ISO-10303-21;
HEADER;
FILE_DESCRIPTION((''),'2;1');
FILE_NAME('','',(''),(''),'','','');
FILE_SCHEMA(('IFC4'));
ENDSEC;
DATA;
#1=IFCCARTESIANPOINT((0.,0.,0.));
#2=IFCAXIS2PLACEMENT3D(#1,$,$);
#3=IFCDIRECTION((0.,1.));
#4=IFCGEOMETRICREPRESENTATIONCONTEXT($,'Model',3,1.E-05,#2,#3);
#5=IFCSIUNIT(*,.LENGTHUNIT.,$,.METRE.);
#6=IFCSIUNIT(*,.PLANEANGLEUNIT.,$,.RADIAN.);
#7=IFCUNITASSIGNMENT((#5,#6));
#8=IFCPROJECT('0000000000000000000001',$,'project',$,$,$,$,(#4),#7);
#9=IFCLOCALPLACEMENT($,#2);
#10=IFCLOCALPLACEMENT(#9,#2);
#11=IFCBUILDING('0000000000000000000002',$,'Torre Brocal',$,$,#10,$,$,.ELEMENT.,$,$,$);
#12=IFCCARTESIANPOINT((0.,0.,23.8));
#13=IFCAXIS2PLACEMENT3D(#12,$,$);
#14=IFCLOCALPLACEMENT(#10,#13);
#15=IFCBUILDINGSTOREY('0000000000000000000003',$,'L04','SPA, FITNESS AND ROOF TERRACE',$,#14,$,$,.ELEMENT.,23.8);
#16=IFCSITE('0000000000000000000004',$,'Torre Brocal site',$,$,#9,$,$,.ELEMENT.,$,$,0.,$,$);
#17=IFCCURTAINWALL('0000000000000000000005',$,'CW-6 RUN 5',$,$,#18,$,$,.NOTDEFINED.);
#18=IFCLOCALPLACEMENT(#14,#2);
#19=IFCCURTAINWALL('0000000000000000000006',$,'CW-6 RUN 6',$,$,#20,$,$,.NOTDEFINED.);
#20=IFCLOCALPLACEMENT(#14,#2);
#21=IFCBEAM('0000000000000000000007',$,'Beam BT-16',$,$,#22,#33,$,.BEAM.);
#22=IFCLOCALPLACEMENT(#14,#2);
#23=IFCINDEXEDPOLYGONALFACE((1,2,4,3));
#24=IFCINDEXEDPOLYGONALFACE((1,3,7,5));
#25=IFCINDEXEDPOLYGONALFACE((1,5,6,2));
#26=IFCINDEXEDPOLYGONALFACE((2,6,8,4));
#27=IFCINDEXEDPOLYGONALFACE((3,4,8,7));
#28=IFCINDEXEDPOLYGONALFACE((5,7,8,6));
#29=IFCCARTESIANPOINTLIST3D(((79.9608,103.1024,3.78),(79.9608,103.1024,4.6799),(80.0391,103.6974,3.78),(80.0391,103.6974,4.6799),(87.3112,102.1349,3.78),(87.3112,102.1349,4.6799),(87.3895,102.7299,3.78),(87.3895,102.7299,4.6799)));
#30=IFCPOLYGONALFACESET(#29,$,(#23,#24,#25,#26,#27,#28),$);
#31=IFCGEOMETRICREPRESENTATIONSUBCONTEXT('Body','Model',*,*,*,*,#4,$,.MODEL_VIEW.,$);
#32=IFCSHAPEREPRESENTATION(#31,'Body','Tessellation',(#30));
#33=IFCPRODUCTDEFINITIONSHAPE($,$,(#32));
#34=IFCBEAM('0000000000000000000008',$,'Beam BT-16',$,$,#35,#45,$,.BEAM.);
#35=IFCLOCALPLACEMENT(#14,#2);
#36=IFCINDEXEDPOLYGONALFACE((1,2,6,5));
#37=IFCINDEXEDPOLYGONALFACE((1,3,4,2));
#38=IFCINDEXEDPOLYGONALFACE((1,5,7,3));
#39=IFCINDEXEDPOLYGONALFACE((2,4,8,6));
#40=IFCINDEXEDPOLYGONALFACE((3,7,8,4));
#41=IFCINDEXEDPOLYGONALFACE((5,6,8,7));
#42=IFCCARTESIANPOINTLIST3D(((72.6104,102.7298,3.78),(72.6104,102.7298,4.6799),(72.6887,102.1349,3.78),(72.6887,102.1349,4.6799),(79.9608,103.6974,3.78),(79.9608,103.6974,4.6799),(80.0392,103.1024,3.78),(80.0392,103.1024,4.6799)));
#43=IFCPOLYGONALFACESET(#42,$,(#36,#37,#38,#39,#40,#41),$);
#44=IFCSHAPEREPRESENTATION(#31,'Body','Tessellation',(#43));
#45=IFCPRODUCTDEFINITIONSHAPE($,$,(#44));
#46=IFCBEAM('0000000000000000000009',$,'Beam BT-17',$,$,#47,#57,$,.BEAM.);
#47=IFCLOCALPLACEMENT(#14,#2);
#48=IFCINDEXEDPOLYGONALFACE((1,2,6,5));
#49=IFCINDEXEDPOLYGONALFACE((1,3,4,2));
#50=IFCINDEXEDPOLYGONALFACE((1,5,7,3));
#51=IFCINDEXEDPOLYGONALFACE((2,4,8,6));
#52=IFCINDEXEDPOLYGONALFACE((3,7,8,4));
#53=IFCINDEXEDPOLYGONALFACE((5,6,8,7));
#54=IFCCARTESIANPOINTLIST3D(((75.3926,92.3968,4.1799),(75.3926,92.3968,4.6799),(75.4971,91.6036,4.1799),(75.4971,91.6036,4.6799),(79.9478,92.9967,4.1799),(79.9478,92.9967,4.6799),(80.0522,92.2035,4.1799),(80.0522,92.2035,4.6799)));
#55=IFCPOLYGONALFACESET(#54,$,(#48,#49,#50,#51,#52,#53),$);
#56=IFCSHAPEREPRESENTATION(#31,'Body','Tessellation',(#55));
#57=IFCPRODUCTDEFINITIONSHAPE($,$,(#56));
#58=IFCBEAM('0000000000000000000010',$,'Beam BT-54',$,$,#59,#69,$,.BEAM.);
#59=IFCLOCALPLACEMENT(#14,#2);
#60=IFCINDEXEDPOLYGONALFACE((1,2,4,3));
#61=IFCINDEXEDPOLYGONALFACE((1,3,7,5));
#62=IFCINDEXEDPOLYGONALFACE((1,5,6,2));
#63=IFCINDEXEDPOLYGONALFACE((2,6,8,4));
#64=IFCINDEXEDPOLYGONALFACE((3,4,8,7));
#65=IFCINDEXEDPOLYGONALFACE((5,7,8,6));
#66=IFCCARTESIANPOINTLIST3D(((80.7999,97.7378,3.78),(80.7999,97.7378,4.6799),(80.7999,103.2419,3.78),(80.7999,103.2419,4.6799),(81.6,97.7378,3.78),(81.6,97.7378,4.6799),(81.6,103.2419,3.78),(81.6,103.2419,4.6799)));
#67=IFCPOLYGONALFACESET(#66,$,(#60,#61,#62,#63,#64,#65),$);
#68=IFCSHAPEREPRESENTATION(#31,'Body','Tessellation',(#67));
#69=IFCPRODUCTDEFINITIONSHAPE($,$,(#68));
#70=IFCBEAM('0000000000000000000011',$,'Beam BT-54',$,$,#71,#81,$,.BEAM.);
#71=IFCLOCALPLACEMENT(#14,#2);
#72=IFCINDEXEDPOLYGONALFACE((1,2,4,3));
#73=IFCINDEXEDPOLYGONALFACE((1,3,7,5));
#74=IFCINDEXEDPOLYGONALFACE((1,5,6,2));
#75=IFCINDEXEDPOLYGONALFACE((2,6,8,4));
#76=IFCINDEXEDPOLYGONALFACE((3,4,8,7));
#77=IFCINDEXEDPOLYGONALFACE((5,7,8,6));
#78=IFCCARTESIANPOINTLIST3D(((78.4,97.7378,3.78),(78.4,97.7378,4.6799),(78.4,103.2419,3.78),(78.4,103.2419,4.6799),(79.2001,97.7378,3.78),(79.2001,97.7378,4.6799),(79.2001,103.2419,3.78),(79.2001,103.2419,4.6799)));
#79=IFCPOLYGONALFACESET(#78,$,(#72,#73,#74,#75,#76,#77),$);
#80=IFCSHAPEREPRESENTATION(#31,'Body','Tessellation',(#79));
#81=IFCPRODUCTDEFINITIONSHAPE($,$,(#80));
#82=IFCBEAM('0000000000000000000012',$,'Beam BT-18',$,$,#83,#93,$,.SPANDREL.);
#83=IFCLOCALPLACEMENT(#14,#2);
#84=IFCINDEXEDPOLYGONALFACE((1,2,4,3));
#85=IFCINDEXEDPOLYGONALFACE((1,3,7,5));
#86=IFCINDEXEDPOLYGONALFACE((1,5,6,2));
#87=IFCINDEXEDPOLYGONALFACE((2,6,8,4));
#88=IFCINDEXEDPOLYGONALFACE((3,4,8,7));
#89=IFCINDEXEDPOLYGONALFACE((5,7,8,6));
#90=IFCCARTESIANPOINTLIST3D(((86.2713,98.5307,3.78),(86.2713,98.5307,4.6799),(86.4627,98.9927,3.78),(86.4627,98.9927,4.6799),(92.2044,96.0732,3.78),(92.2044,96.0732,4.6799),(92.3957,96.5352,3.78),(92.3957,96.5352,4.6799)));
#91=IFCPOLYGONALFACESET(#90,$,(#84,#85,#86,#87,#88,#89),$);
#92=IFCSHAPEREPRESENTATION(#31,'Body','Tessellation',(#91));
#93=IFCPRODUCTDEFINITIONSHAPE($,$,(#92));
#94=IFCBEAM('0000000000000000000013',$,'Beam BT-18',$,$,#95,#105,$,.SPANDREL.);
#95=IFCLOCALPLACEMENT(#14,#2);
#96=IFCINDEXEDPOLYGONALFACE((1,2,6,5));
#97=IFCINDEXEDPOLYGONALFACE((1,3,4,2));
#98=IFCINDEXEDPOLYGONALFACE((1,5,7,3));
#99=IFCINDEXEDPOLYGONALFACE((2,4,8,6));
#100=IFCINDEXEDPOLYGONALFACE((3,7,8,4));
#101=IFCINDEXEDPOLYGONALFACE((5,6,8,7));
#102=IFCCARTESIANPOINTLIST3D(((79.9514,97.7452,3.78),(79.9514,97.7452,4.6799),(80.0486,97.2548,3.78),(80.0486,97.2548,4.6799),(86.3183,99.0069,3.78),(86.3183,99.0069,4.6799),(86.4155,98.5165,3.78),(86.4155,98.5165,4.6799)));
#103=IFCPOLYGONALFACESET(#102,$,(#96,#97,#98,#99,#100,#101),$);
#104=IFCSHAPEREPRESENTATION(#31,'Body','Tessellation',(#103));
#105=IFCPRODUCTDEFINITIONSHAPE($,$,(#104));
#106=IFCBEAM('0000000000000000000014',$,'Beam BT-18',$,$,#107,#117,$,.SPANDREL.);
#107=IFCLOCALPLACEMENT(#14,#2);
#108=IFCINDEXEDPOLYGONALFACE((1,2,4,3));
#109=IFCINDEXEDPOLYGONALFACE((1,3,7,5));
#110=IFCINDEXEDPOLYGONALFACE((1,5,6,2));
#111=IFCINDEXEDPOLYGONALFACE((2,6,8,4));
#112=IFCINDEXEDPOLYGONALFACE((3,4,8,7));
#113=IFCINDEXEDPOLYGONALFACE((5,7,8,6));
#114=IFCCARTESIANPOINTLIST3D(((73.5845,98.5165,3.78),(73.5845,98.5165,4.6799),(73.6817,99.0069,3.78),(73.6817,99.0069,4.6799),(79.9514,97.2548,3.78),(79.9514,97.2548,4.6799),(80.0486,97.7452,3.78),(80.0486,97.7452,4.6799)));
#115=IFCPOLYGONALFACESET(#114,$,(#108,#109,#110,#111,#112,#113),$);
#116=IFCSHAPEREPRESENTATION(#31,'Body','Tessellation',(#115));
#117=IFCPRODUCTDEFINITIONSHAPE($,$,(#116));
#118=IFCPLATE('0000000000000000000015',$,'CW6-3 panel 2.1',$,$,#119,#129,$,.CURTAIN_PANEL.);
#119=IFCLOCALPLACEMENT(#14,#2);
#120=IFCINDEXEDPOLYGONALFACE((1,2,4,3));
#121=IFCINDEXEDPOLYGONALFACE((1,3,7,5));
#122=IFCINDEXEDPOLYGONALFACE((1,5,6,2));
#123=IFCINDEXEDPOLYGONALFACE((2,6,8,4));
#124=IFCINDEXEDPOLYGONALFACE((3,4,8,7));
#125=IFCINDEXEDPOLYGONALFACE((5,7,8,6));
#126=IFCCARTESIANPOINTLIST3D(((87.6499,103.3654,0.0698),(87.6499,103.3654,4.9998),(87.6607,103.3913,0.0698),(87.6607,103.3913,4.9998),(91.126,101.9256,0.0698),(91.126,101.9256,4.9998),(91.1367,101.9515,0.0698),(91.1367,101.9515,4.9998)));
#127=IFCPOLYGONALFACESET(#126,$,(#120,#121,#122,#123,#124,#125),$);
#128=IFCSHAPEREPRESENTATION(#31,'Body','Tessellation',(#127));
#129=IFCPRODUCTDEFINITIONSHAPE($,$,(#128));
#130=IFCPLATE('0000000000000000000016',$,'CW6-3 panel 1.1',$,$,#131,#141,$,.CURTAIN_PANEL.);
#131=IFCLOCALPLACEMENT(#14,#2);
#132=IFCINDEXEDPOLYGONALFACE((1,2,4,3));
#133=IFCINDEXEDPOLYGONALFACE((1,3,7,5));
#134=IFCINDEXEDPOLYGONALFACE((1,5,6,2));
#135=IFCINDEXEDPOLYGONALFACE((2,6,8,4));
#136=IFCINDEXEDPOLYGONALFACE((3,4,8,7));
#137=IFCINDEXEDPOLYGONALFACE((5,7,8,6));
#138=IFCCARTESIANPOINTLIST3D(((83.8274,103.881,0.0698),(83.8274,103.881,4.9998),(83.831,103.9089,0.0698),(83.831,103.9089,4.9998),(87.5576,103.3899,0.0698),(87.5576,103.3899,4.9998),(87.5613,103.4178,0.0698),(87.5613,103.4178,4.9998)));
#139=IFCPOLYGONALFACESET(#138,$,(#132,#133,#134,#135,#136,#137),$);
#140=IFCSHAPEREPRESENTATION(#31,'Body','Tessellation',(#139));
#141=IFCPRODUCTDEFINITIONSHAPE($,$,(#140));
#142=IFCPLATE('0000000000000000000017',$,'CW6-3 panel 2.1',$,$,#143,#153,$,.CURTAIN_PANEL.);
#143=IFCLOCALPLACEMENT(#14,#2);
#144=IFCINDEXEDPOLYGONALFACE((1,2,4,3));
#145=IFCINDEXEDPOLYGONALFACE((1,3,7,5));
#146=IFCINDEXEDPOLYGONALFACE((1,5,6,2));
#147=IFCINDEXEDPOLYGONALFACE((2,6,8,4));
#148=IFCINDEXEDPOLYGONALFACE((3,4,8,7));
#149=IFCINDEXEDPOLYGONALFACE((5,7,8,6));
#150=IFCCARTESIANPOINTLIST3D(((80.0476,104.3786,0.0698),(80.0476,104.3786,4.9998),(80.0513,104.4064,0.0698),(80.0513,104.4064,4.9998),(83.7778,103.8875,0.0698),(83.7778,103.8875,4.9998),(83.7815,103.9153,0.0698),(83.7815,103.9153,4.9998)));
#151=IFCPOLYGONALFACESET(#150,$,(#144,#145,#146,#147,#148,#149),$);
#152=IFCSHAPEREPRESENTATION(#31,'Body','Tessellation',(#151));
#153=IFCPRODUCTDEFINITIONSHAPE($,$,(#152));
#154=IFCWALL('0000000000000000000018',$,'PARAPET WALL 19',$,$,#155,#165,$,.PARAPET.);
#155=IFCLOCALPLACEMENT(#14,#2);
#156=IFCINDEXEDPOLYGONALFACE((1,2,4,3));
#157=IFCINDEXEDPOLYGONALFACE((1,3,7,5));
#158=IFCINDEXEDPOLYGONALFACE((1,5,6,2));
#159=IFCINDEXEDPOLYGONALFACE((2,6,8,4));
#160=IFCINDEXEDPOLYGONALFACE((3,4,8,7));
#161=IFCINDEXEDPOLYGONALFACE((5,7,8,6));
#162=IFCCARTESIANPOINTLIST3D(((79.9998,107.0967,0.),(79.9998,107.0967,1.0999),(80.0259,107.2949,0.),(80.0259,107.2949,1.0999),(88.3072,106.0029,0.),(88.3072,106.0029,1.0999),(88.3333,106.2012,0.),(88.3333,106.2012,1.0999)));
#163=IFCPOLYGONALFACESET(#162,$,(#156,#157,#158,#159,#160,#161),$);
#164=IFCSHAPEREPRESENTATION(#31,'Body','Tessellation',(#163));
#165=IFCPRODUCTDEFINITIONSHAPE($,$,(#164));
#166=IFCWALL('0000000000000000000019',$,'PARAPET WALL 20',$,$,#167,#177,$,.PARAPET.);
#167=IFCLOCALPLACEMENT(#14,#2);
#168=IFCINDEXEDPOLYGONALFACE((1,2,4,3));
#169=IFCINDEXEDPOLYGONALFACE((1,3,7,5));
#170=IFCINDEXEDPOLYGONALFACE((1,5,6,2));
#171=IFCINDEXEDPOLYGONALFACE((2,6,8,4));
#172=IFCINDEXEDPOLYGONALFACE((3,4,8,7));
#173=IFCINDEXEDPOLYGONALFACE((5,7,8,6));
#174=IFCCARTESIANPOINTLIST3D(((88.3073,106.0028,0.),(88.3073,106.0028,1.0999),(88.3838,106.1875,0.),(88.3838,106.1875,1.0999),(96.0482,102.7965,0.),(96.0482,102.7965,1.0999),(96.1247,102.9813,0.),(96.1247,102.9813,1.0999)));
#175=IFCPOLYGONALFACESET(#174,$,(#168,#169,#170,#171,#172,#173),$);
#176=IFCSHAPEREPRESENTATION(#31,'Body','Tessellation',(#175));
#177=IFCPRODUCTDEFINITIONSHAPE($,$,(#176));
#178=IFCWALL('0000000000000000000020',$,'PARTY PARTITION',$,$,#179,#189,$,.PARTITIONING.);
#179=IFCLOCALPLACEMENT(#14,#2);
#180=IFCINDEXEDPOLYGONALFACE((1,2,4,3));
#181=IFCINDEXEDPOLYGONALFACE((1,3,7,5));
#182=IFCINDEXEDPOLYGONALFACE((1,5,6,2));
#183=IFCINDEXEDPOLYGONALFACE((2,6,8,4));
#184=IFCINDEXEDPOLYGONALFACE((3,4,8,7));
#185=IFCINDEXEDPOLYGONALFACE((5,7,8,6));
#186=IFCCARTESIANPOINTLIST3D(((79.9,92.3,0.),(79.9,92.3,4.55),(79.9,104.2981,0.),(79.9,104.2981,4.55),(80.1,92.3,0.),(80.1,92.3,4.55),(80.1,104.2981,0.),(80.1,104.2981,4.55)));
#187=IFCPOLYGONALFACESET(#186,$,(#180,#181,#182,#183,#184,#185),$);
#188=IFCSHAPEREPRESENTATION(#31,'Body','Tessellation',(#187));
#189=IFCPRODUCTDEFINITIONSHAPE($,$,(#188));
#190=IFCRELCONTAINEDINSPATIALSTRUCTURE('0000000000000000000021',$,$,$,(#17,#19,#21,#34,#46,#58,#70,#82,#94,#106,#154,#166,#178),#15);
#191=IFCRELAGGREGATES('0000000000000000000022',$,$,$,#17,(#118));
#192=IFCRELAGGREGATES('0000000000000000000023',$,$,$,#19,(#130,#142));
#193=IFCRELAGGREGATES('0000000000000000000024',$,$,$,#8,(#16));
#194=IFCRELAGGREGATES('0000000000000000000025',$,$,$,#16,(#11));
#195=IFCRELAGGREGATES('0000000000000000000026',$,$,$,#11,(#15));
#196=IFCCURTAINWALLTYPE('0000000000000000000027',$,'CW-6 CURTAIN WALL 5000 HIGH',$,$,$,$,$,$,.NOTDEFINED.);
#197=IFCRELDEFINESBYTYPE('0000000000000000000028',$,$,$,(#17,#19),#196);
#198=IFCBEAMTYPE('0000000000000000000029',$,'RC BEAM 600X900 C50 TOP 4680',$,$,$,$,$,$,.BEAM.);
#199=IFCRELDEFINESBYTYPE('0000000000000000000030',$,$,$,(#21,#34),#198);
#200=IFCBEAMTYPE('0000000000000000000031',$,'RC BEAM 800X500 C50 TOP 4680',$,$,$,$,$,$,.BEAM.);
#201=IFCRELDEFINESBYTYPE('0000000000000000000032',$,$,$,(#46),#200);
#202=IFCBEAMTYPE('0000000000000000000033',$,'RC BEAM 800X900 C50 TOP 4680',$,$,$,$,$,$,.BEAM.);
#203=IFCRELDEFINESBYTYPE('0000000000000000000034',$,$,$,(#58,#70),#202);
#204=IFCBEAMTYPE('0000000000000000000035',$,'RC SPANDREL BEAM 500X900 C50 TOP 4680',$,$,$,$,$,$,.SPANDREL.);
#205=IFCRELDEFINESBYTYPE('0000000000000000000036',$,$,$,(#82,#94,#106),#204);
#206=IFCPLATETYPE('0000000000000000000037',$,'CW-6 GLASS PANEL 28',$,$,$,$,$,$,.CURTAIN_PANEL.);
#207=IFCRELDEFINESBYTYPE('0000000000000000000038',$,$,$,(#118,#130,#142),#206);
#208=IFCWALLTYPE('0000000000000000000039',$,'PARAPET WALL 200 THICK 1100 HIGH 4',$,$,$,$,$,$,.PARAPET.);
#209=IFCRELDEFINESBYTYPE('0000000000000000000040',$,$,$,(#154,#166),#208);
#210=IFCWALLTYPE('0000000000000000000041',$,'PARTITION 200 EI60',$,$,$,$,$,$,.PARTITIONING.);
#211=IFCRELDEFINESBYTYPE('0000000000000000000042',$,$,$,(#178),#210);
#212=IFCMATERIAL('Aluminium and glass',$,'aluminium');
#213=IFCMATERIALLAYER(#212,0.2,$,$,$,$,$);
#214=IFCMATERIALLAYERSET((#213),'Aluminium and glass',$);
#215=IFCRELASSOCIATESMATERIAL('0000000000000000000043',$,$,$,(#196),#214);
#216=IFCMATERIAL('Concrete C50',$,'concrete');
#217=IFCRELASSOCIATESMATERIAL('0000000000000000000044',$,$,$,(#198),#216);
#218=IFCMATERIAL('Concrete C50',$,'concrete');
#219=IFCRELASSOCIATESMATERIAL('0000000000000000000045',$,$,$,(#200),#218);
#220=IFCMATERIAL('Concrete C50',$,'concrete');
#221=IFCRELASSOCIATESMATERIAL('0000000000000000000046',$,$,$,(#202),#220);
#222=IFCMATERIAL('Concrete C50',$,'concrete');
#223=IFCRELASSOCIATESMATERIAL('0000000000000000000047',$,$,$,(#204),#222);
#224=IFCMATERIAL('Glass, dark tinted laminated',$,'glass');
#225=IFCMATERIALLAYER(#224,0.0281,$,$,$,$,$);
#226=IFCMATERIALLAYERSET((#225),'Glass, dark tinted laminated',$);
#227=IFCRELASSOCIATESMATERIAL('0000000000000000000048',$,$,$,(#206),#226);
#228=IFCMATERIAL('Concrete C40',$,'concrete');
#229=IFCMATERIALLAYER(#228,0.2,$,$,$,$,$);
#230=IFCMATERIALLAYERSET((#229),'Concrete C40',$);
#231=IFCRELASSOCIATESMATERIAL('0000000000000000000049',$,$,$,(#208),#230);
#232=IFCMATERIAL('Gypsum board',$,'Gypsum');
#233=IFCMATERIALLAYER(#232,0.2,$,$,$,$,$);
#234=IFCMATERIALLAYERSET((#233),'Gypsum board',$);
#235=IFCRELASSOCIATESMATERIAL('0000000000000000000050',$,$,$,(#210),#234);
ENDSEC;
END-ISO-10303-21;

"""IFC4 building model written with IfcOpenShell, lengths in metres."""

from ifc_helpers import new_model, si_unit, direction, frame, frame_2d, origin, origin_2d, place, context, subcontext, project, spatial, rectangle, extrude, material, layer, layer_set, material_profile, profile_set, type_object, element, aggregate, save


model = new_model("IFC4")

# Units and contexts
model_context = context("Model", 3, precision=1e-05, world=origin(), true_north=direction((0.0, 1.0)))
body_context = subcontext(model_context, "Body", "Model", "MODEL_VIEW")
ifc_project = project(units=[si_unit("LENGTHUNIT", "METRE"), si_unit("PLANEANGLEUNIT", "RADIAN")], contexts=[model_context])

# Site, building, storey
site_placement = place(None, origin())
site = spatial("IfcSite", under=ifc_project, at=site_placement, Name="Torre Brocal site", CompositionType="ELEMENT", RefElevation=0.0)
building_placement = place(site_placement, origin())
building = spatial("IfcBuilding", under=site, at=building_placement, Name="Torre Brocal", CompositionType="ELEMENT")
storey_placement = place(building_placement, frame((0.0, 0.0, 23.8)))
storey = spatial("IfcBuildingStorey", under=building, at=storey_placement, Name="L04", Description="SPA, FITNESS AND ROOF TERRACE", CompositionType="ELEMENT", Elevation=23.8)

# Curtain walls
ifc_material_1 = material(Name="Aluminium and glass", Category="aluminium")
ifc_layer_1 = layer(ifc_material_1, 0.2)
ifc_layer_set_1 = layer_set([ifc_layer_1], Name="Aluminium and glass")
curtain_wall_type = type_object("IfcCurtainWallType", Name="CW-6 CURTAIN WALL 5000 HIGH", PredefinedType="NOTDEFINED", material=ifc_layer_set_1)
curtain_wall_1_placement = place(storey_placement, origin())
curtain_wall_1 = element("IfcCurtainWall", 1, at=curtain_wall_1_placement, inside=storey, type_object=curtain_wall_type, Name="CW-6 RUN 5", PredefinedType="NOTDEFINED")
curtain_wall_2_placement = place(storey_placement, origin())
curtain_wall_2 = element("IfcCurtainWall", 2, at=curtain_wall_2_placement, inside=storey, type_object=curtain_wall_type, Name="CW-6 RUN 6", PredefinedType="NOTDEFINED")

# Beams
ifc_material_2 = material(Name="Concrete C50", Category="concrete")
ifc_material_profile_1 = material_profile(ifc_material_2, rectangle(XDim=0.6001, YDim=0.8999, at=origin_2d()), Name="RC 600X900")
ifc_profile_set_1 = profile_set([ifc_material_profile_1], Name="Concrete C50")
beam_type_1 = type_object("IfcBeamType", Name="RC BEAM 600X900 C50 TOP 4680", PredefinedType="BEAM", material=ifc_profile_set_1)
for number, where, z_axis, x_axis, name in (
    (3, (87.3503, 102.4324, 4.23), (-0.991448, 0.130505, 0.0), (-0.130505, -0.991448, 0.0), "Beam BT-16"),
    (4, (80.0, 103.3999, 4.23), (-0.991448, -0.130505, 0.0), (0.130505, -0.991448, 0.0), "Beam BT-16"),
):
    element("IfcBeam", number, at=place(storey_placement, frame(where, z_axis=z_axis, x_axis=x_axis)), inside=storey, type_object=beam_type_1, Name=name, PredefinedType="BEAM", context=body_context, shape_type="SweptSolid", body=[
        extrude(rectangle(XDim=0.6001, YDim=0.8999, at=origin_2d()), origin(), (0.0, 0.0, 1.0), 7.4138),
    ])
ifc_material_3 = material(Name="Concrete C50", Category="concrete")
ifc_material_profile_2 = material_profile(ifc_material_3, rectangle(XDim=0.8, YDim=0.5, at=origin_2d()), Name="RC 800X500")
ifc_profile_set_2 = profile_set([ifc_material_profile_2], Name="Concrete C50")
beam_type_2 = type_object("IfcBeamType", Name="RC BEAM 800X500 C50 TOP 4680", PredefinedType="BEAM", material=ifc_profile_set_2)
beam_1_placement = place(storey_placement, frame((80.0, 92.6001, 4.4299), z_axis=(-0.991441, -0.130559, 0.0), x_axis=(0.130559, -0.991441, 0.0)))
element("IfcBeam", 5, at=beam_1_placement, inside=storey, type_object=beam_type_2, Name="Beam BT-17", PredefinedType="BEAM", context=body_context, shape_type="SweptSolid", body=[
    extrude(rectangle(XDim=0.8, YDim=0.5, at=origin_2d()), origin(), (0.0, 0.0, 1.0), 4.5945),
])
ifc_material_4 = material(Name="Concrete C50", Category="concrete")
ifc_material_profile_3 = material_profile(ifc_material_4, rectangle(XDim=0.8, YDim=0.8999, at=origin_2d()), Name="RC 800X900")
ifc_profile_set_3 = profile_set([ifc_material_profile_3], Name="Concrete C50")
beam_type_3 = type_object("IfcBeamType", Name="RC BEAM 800X900 C50 TOP 4680", PredefinedType="BEAM", material=ifc_profile_set_3)
for number, where, z_axis, x_axis, name in (
    (6, (81.2, 97.7378, 4.23), (0.0, 1.0, 0.0), (-1.0, 0.0, 0.0), "Beam BT-54"),
    (7, (78.8, 97.7378, 4.23), (0.0, 1.0, 0.0), (-1.0, 0.0, 0.0), "Beam BT-54"),
):
    element("IfcBeam", number, at=place(storey_placement, frame(where, z_axis=z_axis, x_axis=x_axis)), inside=storey, type_object=beam_type_3, Name=name, PredefinedType="BEAM", context=body_context, shape_type="SweptSolid", body=[
        extrude(rectangle(XDim=0.8, YDim=0.8999, at=origin_2d()), origin(), (0.0, 0.0, 1.0), 5.5042),
    ])
ifc_material_5 = material(Name="Concrete C50", Category="concrete")
ifc_material_profile_4 = material_profile(ifc_material_5, rectangle(XDim=0.5, YDim=0.8999, at=origin_2d()), Name="RC 500X900")
ifc_profile_set_4 = profile_set([ifc_material_profile_4], Name="Concrete C50")
beam_type_4 = type_object("IfcBeamType", Name="RC SPANDREL BEAM 500X900 C50 TOP 4680", PredefinedType="SPANDREL", material=ifc_profile_set_4)
beam_2_placement = place(storey_placement, frame((92.3, 96.3042, 4.23), z_axis=(-0.923882, 0.382676, 0.0), x_axis=(-0.382676, -0.923882, 0.0)))
element("IfcBeam", 8, at=beam_2_placement, inside=storey, type_object=beam_type_4, Name="Beam BT-18", PredefinedType="SPANDREL", context=body_context, shape_type="SweptSolid", body=[
    extrude(rectangle(XDim=0.5, YDim=0.8999, at=origin_2d()), origin(), (0.0, 0.0, 1.0), 6.4219),
])
for number, where, z_axis, x_axis, name in (
    (9, (86.3669, 98.7617, 4.23), (-0.980925, -0.194387, 0.0), (0.194387, -0.980925, 0.0), "Beam BT-18"),
    (10, (80.0, 97.5, 4.23), (-0.980925, 0.194387, 0.0), (-0.194387, -0.980925, 0.0), "Beam BT-18"),
):
    element("IfcBeam", number, at=place(storey_placement, frame(where, z_axis=z_axis, x_axis=x_axis)), inside=storey, type_object=beam_type_4, Name=name, PredefinedType="SPANDREL", context=body_context, shape_type="SweptSolid", body=[
        extrude(rectangle(XDim=0.5, YDim=0.8999, at=origin_2d()), origin(), (0.0, 0.0, 1.0), 6.4907),
    ])

# Plates
ifc_material_6 = material(Name="Glass, dark tinted laminated", Category="glass")
ifc_layer_2 = layer(ifc_material_6, 0.0281)
ifc_layer_set_2 = layer_set([ifc_layer_2], Name="Glass, dark tinted laminated")
plate_type = type_object("IfcPlateType", Name="CW-6 GLASS PANEL 28", PredefinedType="CURTAIN_PANEL", material=ifc_layer_set_2)
plate_1_placement = place(storey_placement, frame((89.3933, 102.6584, 0.0698), z_axis=(0.0, 0.0, 1.0), x_axis=(-0.92388, 0.382683, 0.0)))
plate_1 = element("IfcPlate", 11, at=plate_1_placement, type_object=plate_type, Name="CW6-3 panel 2.1", PredefinedType="CURTAIN_PANEL", context=body_context, shape_type="SweptSolid", body=[
    extrude(rectangle(XDim=3.7625, YDim=0.0281, at=origin_2d()), origin(), (0.0, 0.0, 1.0), 4.9299),
])
aggregate(curtain_wall_1, [plate_1])
plate_2_placement = place(storey_placement, frame((85.6943, 103.6494, 0.0698), z_axis=(0.0, 0.0, 1.0), x_axis=(-0.991445, 0.130526, 0.0)))
plate_2 = element("IfcPlate", 12, at=plate_2_placement, type_object=plate_type, Name="CW6-3 panel 1.1", PredefinedType="CURTAIN_PANEL", context=body_context, shape_type="SweptSolid", body=[
    extrude(rectangle(XDim=3.7625, YDim=0.0281, at=origin_2d()), origin(), (0.0, 0.0, 1.0), 4.9299),
])
plate_3_placement = place(storey_placement, frame((81.9146, 104.147, 0.0698), z_axis=(0.0, 0.0, 1.0), x_axis=(-0.991445, 0.130526, 0.0)))
plate_3 = element("IfcPlate", 13, at=plate_3_placement, type_object=plate_type, Name="CW6-3 panel 2.1", PredefinedType="CURTAIN_PANEL", context=body_context, shape_type="SweptSolid", body=[
    extrude(rectangle(XDim=3.7625, YDim=0.0281, at=origin_2d()), origin(), (0.0, 0.0, 1.0), 4.9299),
])
aggregate(curtain_wall_2, [plate_2, plate_3])

# Walls
ifc_material_7 = material(Name="Concrete C40", Category="concrete")
ifc_layer_3 = layer(ifc_material_7, 0.2)
ifc_layer_set_3 = layer_set([ifc_layer_3], Name="Concrete C40")
wall_type_1 = type_object("IfcWallType", Name="PARAPET WALL 200 THICK 1100 HIGH 4", PredefinedType="PARAPET", material=ifc_layer_set_3)
wall_1_placement = place(storey_placement, frame((80.0129, 107.1958, 0.0), z_axis=(0.0, 0.0, 1.0), x_axis=(0.991444, -0.130534, 0.0)))
element("IfcWall", 14, at=wall_1_placement, inside=storey, type_object=wall_type_1, Name="PARAPET WALL 19", PredefinedType="PARAPET", context=body_context, shape_type="SweptSolid", body=[
    extrude(rectangle(XDim=8.3792, YDim=0.2, at=frame_2d((4.1895, 0.0))), origin(), (0.0, 0.0, 1.0), 1.0999),
])
wall_2_placement = place(storey_placement, frame((88.3455, 106.0952, 0.0), z_axis=(0.0, 0.0, 1.0), x_axis=(0.923884, -0.382672, 0.0)))
element("IfcWall", 15, at=wall_2_placement, inside=storey, type_object=wall_type_1, Name="PARAPET WALL 20", PredefinedType="PARAPET", context=body_context, shape_type="SweptSolid", body=[
    extrude(rectangle(XDim=8.3787, YDim=0.2, at=frame_2d((4.1895, 0.0))), origin(), (0.0, 0.0, 1.0), 1.0999),
])
ifc_material_8 = material(Name="Gypsum board", Category="Gypsum")
ifc_layer_4 = layer(ifc_material_8, 0.2)
ifc_layer_set_4 = layer_set([ifc_layer_4], Name="Gypsum board")
wall_type_2 = type_object("IfcWallType", Name="PARTITION 200 EI60", PredefinedType="PARTITIONING", material=ifc_layer_set_4)
wall_3_placement = place(storey_placement, frame((80.0, 92.3, 0.0), z_axis=(0.0, 0.0, 1.0), x_axis=(0.0, 1.0, 0.0)))
element("IfcWall", 16, at=wall_3_placement, inside=storey, type_object=wall_type_2, Name="PARTY PARTITION", PredefinedType="PARTITIONING", context=body_context, shape_type="SweptSolid", body=[
    extrude(rectangle(XDim=11.998, YDim=0.2, at=frame_2d((5.999, 0.0))), origin(), (0.0, 0.0, 1.0), 4.55),
])

save(model, "model.ifc")
